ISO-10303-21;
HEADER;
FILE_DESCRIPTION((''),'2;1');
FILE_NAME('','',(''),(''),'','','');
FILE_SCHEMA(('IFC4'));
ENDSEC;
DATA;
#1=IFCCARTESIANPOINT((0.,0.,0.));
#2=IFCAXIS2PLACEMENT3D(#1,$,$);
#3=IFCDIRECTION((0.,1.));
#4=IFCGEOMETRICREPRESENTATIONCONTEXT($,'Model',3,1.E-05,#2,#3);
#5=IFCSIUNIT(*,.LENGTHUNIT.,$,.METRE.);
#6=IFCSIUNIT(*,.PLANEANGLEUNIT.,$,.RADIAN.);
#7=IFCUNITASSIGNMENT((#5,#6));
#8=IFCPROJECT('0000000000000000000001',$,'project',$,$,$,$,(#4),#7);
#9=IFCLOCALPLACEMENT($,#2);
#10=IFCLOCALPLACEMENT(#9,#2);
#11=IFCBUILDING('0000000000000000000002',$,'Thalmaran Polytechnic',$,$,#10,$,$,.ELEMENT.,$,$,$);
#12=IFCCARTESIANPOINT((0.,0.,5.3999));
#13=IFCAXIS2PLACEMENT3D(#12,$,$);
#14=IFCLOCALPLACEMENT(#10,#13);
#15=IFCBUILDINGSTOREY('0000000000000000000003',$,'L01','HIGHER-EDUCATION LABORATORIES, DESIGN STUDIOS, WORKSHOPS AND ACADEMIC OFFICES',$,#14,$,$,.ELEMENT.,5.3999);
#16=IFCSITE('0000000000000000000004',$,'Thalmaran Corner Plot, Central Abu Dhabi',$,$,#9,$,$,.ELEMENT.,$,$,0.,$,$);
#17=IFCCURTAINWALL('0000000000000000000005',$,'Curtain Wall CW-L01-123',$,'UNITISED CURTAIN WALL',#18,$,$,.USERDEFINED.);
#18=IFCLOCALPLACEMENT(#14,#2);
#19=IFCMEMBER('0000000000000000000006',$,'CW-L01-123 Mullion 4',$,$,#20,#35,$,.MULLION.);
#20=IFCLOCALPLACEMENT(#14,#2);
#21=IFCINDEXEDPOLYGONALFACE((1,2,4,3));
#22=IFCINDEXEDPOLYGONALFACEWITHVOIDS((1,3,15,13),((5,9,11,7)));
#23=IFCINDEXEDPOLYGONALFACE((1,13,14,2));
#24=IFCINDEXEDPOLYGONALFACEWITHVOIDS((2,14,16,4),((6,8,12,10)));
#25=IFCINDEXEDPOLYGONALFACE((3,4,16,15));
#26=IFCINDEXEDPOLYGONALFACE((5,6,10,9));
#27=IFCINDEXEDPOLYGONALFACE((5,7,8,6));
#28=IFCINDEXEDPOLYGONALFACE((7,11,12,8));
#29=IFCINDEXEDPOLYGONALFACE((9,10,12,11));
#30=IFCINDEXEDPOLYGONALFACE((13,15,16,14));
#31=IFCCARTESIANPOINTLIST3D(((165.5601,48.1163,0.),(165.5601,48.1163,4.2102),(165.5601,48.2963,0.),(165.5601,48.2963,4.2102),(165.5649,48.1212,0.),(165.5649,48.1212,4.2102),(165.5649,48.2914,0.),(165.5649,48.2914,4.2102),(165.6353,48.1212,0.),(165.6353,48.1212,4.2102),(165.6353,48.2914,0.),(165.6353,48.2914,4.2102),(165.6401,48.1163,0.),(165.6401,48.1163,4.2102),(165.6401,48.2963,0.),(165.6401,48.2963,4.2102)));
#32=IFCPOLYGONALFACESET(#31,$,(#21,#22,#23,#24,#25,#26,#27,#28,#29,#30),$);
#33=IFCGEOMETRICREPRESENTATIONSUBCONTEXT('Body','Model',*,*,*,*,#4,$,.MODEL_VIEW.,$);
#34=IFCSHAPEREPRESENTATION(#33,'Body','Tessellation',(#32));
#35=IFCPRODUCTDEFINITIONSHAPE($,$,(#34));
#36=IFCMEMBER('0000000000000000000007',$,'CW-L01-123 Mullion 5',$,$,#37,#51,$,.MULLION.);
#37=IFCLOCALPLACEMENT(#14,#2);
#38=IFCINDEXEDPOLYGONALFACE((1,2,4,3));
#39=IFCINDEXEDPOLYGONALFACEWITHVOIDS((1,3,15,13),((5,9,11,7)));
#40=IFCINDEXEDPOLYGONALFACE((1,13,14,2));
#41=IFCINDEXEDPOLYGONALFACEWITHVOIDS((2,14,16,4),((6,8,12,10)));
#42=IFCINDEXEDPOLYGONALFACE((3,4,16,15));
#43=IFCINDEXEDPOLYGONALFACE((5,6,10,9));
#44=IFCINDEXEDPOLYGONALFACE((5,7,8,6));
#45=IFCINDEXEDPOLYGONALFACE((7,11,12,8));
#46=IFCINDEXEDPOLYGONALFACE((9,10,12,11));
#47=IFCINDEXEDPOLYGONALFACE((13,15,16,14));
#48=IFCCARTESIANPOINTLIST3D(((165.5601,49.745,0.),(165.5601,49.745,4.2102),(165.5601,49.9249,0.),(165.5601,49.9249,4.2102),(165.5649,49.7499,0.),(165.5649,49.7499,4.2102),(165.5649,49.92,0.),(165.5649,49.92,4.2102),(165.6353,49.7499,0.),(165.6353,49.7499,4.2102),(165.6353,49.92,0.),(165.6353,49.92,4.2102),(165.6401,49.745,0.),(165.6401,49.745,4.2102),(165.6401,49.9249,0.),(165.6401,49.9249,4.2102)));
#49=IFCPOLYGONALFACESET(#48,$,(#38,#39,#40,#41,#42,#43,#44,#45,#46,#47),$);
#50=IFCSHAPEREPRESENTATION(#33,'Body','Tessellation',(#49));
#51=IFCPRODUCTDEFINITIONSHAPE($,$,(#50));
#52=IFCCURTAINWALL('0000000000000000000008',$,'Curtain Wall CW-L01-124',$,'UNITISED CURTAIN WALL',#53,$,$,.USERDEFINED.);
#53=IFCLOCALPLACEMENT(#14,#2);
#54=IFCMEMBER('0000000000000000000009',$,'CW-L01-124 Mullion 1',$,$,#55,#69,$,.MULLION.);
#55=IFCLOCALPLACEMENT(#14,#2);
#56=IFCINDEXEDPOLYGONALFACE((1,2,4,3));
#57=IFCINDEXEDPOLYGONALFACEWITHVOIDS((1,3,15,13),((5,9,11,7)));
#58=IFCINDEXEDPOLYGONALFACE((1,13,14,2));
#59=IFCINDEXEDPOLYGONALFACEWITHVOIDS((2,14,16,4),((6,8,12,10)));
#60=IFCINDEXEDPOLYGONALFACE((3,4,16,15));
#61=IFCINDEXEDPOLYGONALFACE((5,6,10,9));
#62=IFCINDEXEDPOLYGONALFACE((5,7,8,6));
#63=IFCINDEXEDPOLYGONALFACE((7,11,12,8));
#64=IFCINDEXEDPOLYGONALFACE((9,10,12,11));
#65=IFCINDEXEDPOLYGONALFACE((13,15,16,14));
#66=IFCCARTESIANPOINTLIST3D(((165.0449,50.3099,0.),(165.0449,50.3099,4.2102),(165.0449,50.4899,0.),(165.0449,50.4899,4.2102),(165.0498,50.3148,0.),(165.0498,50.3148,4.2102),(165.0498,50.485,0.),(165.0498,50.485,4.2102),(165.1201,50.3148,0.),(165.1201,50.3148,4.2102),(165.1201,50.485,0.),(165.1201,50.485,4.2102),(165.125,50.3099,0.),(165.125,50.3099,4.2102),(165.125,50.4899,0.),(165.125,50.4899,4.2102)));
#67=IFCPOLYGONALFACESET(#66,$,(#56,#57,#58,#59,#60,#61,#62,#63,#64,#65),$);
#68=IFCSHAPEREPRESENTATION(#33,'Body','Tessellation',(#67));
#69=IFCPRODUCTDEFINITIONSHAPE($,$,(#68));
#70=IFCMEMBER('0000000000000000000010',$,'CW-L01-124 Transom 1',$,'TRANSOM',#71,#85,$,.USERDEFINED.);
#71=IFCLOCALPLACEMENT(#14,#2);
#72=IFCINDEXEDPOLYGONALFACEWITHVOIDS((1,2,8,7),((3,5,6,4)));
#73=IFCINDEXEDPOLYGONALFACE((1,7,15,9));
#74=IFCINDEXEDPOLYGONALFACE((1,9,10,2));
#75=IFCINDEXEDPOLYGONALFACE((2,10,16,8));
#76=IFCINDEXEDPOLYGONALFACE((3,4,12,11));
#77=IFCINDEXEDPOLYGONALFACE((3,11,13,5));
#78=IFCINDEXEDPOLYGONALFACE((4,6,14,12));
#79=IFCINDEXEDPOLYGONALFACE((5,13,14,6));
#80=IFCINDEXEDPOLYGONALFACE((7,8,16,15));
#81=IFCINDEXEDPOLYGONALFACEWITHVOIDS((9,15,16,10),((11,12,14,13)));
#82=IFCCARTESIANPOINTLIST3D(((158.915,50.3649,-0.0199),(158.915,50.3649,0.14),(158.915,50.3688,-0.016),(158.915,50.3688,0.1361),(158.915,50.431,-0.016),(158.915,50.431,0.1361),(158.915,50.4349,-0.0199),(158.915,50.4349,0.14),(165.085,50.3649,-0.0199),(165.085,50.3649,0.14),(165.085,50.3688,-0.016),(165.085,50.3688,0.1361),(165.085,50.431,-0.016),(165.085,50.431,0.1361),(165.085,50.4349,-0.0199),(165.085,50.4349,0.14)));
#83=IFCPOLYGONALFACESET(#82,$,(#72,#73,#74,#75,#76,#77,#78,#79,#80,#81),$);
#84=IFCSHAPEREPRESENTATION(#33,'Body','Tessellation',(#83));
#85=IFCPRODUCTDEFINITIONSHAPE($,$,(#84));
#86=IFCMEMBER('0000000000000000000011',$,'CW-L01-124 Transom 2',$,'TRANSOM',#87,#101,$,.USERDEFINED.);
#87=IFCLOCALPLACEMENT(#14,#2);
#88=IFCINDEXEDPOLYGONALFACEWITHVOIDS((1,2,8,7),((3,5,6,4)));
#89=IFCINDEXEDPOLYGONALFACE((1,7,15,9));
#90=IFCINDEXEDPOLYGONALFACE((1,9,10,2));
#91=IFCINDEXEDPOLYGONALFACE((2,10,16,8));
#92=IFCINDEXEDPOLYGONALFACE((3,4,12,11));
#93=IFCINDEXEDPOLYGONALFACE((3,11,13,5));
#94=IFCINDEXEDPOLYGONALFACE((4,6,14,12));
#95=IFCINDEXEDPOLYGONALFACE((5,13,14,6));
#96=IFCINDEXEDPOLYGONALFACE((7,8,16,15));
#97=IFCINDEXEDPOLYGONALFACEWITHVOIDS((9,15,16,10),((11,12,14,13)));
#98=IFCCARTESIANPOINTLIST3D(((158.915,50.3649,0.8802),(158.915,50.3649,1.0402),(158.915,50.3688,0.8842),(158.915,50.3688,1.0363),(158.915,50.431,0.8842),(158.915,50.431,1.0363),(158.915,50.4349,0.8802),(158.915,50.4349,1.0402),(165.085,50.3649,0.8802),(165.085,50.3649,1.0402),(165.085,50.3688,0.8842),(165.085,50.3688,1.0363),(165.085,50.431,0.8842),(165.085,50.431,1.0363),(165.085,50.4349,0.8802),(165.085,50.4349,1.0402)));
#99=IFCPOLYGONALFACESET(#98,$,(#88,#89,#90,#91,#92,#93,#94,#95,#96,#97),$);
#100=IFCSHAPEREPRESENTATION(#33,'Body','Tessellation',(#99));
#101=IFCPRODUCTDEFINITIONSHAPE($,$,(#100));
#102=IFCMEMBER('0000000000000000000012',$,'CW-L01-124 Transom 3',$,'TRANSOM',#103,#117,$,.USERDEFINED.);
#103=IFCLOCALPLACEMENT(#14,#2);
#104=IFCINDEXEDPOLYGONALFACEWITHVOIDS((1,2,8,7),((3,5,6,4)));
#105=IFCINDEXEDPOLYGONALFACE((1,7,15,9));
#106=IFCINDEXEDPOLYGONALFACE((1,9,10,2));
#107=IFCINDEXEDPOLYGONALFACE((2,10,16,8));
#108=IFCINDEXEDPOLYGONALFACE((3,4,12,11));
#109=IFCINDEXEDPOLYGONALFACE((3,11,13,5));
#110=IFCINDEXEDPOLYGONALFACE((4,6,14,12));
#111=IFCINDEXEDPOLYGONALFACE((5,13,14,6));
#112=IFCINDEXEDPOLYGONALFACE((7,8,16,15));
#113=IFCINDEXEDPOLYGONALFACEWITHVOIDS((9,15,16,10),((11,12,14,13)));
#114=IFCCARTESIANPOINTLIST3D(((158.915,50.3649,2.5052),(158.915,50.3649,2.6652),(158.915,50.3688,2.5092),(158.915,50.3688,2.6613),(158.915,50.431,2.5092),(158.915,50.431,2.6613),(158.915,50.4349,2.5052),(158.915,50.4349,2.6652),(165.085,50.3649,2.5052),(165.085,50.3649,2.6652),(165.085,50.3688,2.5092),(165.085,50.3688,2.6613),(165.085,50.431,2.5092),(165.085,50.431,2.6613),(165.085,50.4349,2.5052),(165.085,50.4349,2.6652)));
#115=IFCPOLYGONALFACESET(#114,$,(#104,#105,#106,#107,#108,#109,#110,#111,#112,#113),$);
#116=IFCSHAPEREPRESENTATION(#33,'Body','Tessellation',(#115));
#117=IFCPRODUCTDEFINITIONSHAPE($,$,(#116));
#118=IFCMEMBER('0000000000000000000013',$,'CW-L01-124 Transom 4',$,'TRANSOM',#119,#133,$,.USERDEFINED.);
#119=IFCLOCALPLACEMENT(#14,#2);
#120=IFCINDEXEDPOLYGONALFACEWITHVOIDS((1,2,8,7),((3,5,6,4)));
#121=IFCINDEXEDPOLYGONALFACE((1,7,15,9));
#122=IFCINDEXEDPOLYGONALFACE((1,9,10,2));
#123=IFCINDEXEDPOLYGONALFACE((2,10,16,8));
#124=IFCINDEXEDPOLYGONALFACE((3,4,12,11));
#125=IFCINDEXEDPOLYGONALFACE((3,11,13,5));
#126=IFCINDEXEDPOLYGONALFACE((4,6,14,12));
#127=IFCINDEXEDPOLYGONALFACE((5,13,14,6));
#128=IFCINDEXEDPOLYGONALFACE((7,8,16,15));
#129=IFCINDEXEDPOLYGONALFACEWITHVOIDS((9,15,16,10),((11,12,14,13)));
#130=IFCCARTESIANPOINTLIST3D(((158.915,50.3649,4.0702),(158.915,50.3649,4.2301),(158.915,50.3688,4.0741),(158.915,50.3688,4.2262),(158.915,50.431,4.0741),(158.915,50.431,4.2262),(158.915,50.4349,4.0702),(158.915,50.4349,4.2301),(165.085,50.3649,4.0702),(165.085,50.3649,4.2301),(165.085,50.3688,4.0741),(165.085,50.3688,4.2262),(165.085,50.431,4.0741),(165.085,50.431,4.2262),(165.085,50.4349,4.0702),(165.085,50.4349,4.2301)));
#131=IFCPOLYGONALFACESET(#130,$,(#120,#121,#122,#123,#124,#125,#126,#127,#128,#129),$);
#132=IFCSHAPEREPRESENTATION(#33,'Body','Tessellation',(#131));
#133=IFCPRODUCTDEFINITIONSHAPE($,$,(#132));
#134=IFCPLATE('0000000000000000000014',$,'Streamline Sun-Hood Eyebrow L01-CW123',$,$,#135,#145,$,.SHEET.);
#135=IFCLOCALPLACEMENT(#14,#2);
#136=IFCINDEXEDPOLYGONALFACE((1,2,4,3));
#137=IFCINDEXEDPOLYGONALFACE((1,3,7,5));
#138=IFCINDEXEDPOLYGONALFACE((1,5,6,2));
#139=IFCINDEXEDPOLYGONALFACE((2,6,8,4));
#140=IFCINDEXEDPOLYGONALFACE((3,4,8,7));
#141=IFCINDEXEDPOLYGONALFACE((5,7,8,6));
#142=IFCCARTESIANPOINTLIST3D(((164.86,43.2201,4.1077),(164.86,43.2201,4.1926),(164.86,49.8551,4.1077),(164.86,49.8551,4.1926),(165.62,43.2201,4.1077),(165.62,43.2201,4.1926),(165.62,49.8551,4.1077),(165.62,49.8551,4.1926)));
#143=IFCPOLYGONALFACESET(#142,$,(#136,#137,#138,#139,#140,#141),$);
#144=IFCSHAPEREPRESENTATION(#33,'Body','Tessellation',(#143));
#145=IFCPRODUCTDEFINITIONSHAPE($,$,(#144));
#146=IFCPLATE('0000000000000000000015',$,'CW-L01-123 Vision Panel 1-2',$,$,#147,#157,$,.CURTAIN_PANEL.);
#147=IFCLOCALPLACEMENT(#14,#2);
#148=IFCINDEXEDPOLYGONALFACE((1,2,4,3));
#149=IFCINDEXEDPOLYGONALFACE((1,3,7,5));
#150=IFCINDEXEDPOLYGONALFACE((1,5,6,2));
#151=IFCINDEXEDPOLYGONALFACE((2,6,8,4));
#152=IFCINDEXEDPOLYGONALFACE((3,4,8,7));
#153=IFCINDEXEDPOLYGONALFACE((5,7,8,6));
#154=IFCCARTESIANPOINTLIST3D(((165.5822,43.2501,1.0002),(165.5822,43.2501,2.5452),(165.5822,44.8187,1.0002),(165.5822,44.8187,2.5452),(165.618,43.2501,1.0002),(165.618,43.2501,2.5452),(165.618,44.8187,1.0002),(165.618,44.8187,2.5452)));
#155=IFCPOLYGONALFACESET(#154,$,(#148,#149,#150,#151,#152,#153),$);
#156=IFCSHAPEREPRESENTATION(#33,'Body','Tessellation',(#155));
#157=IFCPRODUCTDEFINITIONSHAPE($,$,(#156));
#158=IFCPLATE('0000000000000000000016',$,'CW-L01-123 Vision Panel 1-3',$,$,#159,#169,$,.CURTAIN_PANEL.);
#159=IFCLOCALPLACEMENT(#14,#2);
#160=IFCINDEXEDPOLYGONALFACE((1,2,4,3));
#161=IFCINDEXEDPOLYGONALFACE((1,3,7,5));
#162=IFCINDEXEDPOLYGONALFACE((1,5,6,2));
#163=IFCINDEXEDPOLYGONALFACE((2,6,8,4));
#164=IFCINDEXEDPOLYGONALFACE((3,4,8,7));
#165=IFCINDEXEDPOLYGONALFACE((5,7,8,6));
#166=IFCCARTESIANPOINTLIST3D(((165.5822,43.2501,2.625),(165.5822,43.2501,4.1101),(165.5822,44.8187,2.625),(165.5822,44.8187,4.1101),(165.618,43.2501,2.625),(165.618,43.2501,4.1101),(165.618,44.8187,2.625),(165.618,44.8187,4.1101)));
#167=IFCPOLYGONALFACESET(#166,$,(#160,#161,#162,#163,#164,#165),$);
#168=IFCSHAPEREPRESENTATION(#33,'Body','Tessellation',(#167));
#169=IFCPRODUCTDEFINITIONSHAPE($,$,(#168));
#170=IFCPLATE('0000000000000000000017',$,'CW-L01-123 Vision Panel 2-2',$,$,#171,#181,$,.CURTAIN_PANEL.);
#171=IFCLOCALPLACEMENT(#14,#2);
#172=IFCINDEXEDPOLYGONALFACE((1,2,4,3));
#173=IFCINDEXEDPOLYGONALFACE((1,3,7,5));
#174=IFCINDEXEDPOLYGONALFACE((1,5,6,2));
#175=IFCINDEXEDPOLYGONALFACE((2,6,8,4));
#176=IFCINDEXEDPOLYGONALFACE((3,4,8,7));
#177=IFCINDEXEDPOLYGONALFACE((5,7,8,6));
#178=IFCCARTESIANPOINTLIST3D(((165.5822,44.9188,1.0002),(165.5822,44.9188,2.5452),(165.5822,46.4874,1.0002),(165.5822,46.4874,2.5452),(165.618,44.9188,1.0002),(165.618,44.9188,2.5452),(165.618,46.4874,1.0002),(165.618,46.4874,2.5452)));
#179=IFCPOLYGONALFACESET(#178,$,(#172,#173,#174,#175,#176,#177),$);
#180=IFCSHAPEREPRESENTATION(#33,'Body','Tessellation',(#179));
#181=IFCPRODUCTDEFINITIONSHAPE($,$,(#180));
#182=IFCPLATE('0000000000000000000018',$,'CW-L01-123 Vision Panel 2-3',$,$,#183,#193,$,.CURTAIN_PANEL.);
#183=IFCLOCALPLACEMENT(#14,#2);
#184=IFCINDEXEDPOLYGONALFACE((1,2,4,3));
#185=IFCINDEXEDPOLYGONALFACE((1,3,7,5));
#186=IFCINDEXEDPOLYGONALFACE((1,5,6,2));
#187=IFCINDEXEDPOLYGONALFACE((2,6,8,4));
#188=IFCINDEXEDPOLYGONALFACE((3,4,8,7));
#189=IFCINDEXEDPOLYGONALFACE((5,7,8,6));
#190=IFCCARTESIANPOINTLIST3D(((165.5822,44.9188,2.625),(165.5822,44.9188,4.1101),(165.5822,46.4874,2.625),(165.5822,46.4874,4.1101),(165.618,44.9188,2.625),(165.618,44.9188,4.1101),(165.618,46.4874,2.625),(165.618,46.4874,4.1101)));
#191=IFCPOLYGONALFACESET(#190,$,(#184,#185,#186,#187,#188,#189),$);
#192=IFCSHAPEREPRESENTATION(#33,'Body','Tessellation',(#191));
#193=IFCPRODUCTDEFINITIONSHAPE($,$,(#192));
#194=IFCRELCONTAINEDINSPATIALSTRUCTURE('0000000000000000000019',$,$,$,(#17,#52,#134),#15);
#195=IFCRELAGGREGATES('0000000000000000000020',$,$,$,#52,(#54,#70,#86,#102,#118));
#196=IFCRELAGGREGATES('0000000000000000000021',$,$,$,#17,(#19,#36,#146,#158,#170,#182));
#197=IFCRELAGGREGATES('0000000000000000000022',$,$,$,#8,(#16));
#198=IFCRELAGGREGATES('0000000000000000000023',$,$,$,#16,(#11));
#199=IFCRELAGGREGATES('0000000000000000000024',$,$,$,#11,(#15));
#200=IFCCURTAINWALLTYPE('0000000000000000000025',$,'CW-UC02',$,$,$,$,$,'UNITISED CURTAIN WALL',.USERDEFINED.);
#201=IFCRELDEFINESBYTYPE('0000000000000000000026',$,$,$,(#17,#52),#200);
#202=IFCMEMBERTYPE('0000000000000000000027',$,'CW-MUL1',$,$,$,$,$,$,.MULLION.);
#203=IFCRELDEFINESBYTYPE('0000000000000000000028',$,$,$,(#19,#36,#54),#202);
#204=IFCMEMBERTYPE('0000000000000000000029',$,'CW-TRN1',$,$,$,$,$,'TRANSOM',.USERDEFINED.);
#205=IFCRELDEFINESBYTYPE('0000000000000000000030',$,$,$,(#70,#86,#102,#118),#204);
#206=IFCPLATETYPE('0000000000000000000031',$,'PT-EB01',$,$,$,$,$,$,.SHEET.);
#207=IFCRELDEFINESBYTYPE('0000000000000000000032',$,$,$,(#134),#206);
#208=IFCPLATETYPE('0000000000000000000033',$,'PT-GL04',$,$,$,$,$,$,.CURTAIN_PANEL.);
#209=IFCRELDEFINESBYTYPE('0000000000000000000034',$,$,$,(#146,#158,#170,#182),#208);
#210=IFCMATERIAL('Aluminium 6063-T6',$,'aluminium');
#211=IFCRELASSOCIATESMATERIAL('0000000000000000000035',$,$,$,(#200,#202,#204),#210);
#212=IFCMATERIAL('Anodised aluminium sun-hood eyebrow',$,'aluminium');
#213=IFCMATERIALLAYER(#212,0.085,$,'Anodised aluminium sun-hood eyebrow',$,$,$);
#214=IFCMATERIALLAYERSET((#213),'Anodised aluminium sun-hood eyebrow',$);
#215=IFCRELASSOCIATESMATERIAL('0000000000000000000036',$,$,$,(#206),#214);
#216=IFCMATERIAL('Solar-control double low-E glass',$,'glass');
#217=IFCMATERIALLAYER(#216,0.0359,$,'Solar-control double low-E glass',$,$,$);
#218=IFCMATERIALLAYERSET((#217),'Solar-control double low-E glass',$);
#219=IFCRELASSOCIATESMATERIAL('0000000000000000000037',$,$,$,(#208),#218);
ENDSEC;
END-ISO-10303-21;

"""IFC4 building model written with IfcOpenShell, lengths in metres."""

from ifc_helpers import new_model, si_unit, direction, frame, origin, origin_2d, place, context, subcontext, project, spatial, rectangle, hollow_rectangle, extrude, material, layer, layer_set, material_profile, profile_set, type_object, element, aggregate, save


model = new_model("IFC4")

# Units and contexts
model_context = context("Model", 3, precision=1e-05, world=origin(), true_north=direction((0.0, 1.0)))
body_context = subcontext(model_context, "Body", "Model", "MODEL_VIEW")
ifc_project = project(units=[si_unit("LENGTHUNIT", "METRE"), si_unit("PLANEANGLEUNIT", "RADIAN")], contexts=[model_context])

# Site, building, storey
site_placement = place(None, origin())
site = spatial("IfcSite", under=ifc_project, at=site_placement, Name="Thalmaran Corner Plot, Central Abu Dhabi", CompositionType="ELEMENT", RefElevation=0.0)
building_placement = place(site_placement, origin())
building = spatial("IfcBuilding", under=site, at=building_placement, Name="Thalmaran Polytechnic", CompositionType="ELEMENT")
storey_placement = place(building_placement, frame((0.0, 0.0, 5.3999)))
storey = spatial("IfcBuildingStorey", under=building, at=storey_placement, Name="L01", Description="HIGHER-EDUCATION LABORATORIES, DESIGN STUDIOS, WORKSHOPS AND ACADEMIC OFFICES", CompositionType="ELEMENT", Elevation=5.3999)

# Curtain walls, members
ifc_material_1 = material(Name="Aluminium 6063-T6", Category="aluminium")
curtain_wall_type = type_object("IfcCurtainWallType", Name="CW-UC02", ElementType="UNITISED CURTAIN WALL", PredefinedType="USERDEFINED", material=ifc_material_1)
curtain_wall_1_placement = place(storey_placement, origin())
curtain_wall_1 = element("IfcCurtainWall", 1, at=curtain_wall_1_placement, inside=storey, type_object=curtain_wall_type, Name="Curtain Wall CW-L01-123", ObjectType="UNITISED CURTAIN WALL", PredefinedType="USERDEFINED")
ifc_material_profile_1 = material_profile(ifc_material_1, hollow_rectangle(XDim=0.0801, YDim=0.1799, WallThickness=0.0049, at=origin_2d()), Name="RHS 180x80x5.0")
ifc_profile_set_1 = profile_set([ifc_material_profile_1], Name="Aluminium 6063-T6")
member_type_1 = type_object("IfcMemberType", Name="CW-MUL1", PredefinedType="MULLION", material=ifc_profile_set_1)
member_1_placement = place(storey_placement, frame((165.6001, 48.2063, 0.0), z_axis=(0.0, 0.0, 1.0), x_axis=(1.0, 0.0, 0.0)))
member_1 = element("IfcMember", 2, at=member_1_placement, type_object=member_type_1, Name="CW-L01-123 Mullion 4", PredefinedType="MULLION", context=body_context, shape_type="SweptSolid", body=[
    extrude(hollow_rectangle(XDim=0.0801, YDim=0.1799, WallThickness=0.0049, at=origin_2d()), origin(), (0.0, 0.0, 1.0), 4.2102),
])
member_2_placement = place(storey_placement, frame((165.6001, 49.835, 0.0), z_axis=(0.0, 0.0, 1.0), x_axis=(1.0, 0.0, 0.0)))
member_2 = element("IfcMember", 3, at=member_2_placement, type_object=member_type_1, Name="CW-L01-123 Mullion 5", PredefinedType="MULLION", context=body_context, shape_type="SweptSolid", body=[
    extrude(hollow_rectangle(XDim=0.0801, YDim=0.1799, WallThickness=0.0049, at=origin_2d()), origin(), (0.0, 0.0, 1.0), 4.2102),
])
curtain_wall_2_placement = place(storey_placement, origin())
curtain_wall_2 = element("IfcCurtainWall", 4, at=curtain_wall_2_placement, inside=storey, type_object=curtain_wall_type, Name="Curtain Wall CW-L01-124", ObjectType="UNITISED CURTAIN WALL", PredefinedType="USERDEFINED")
member_3_placement = place(storey_placement, frame((165.085, 50.3999, 0.0), z_axis=(0.0, 0.0, 1.0), x_axis=(1.0, 0.0, 0.0)))
member_3 = element("IfcMember", 5, at=member_3_placement, type_object=member_type_1, Name="CW-L01-124 Mullion 1", PredefinedType="MULLION", context=body_context, shape_type="SweptSolid", body=[
    extrude(hollow_rectangle(XDim=0.0801, YDim=0.1799, WallThickness=0.0049, at=origin_2d()), origin(), (0.0, 0.0, 1.0), 4.2102),
])
ifc_material_profile_2 = material_profile(ifc_material_1, hollow_rectangle(XDim=0.0701, YDim=0.1599, WallThickness=0.0039, at=origin_2d()), Name="AL 160x70x4.0")
ifc_profile_set_2 = profile_set([ifc_material_profile_2], Name="Aluminium 6063-T6")
member_type_2 = type_object("IfcMemberType", Name="CW-TRN1", ElementType="TRANSOM", PredefinedType="USERDEFINED", material=ifc_profile_set_2)
member_4_placement = place(storey_placement, frame((165.085, 50.3999, 0.0601), z_axis=(-1.0, 0.0, 0.0), x_axis=(0.0, -1.0, 0.0)))
member_4 = element("IfcMember", 6, at=member_4_placement, type_object=member_type_2, Name="CW-L01-124 Transom 1", ObjectType="TRANSOM", PredefinedType="USERDEFINED", context=body_context, shape_type="SweptSolid", body=[
    extrude(hollow_rectangle(XDim=0.0701, YDim=0.1599, WallThickness=0.0039, at=origin_2d()), origin(), (0.0, 0.0, 1.0), 6.1699),
])
member_5_placement = place(storey_placement, frame((165.085, 50.3999, 0.9602), z_axis=(-1.0, 0.0, 0.0), x_axis=(0.0, -1.0, 0.0)))
member_5 = element("IfcMember", 7, at=member_5_placement, type_object=member_type_2, Name="CW-L01-124 Transom 2", ObjectType="TRANSOM", PredefinedType="USERDEFINED", context=body_context, shape_type="SweptSolid", body=[
    extrude(hollow_rectangle(XDim=0.0701, YDim=0.1599, WallThickness=0.0039, at=origin_2d()), origin(), (0.0, 0.0, 1.0), 6.1699),
])
member_6_placement = place(storey_placement, frame((165.085, 50.3999, 2.5852), z_axis=(-1.0, 0.0, 0.0), x_axis=(0.0, -1.0, 0.0)))
member_6 = element("IfcMember", 8, at=member_6_placement, type_object=member_type_2, Name="CW-L01-124 Transom 3", ObjectType="TRANSOM", PredefinedType="USERDEFINED", context=body_context, shape_type="SweptSolid", body=[
    extrude(hollow_rectangle(XDim=0.0701, YDim=0.1599, WallThickness=0.0039, at=origin_2d()), origin(), (0.0, 0.0, 1.0), 6.1699),
])
member_7_placement = place(storey_placement, frame((165.085, 50.3999, 4.1501), z_axis=(-1.0, 0.0, 0.0), x_axis=(0.0, -1.0, 0.0)))
member_7 = element("IfcMember", 9, at=member_7_placement, type_object=member_type_2, Name="CW-L01-124 Transom 4", ObjectType="TRANSOM", PredefinedType="USERDEFINED", context=body_context, shape_type="SweptSolid", body=[
    extrude(hollow_rectangle(XDim=0.0701, YDim=0.1599, WallThickness=0.0039, at=origin_2d()), origin(), (0.0, 0.0, 1.0), 6.1699),
])

# Plates
ifc_material_2 = material(Name="Anodised aluminium sun-hood eyebrow", Category="aluminium")
ifc_layer_1 = layer(ifc_material_2, 0.085, Name="Anodised aluminium sun-hood eyebrow")
ifc_layer_set_1 = layer_set([ifc_layer_1], Name="Anodised aluminium sun-hood eyebrow")
plate_type_1 = type_object("IfcPlateType", Name="PT-EB01", PredefinedType="SHEET", material=ifc_layer_set_1)
plate_1_placement = place(storey_placement, frame((165.24, 46.5376, 4.1077), z_axis=(0.0, 0.0, 1.0), x_axis=(0.0, 1.0, 0.0)))
element("IfcPlate", 10, at=plate_1_placement, inside=storey, type_object=plate_type_1, Name="Streamline Sun-Hood Eyebrow L01-CW123", PredefinedType="SHEET", context=body_context, shape_type="SweptSolid", body=[
    extrude(rectangle(XDim=6.635, YDim=0.76, at=origin_2d()), origin(), (0.0, 0.0, 1.0), 0.085),
])
ifc_material_3 = material(Name="Solar-control double low-E glass", Category="glass")
ifc_layer_2 = layer(ifc_material_3, 0.0359, Name="Solar-control double low-E glass")
ifc_layer_set_2 = layer_set([ifc_layer_2], Name="Solar-control double low-E glass")
plate_type_2 = type_object("IfcPlateType", Name="PT-GL04", PredefinedType="CURTAIN_PANEL", material=ifc_layer_set_2)
plate_2_placement = place(storey_placement, frame((165.6001, 44.0344, 1.0002), z_axis=(0.0, 0.0, 1.0), x_axis=(0.0, 1.0, 0.0)))
plate_2 = element("IfcPlate", 11, at=plate_2_placement, type_object=plate_type_2, Name="CW-L01-123 Vision Panel 1-2", PredefinedType="CURTAIN_PANEL", context=body_context, shape_type="SweptSolid", body=[
    extrude(rectangle(XDim=1.5686, YDim=0.0359, at=origin_2d()), origin(), (0.0, 0.0, 1.0), 1.5449),
])
plate_3_placement = place(storey_placement, frame((165.6001, 44.0344, 2.625), z_axis=(0.0, 0.0, 1.0), x_axis=(0.0, 1.0, 0.0)))
plate_3 = element("IfcPlate", 12, at=plate_3_placement, type_object=plate_type_2, Name="CW-L01-123 Vision Panel 1-3", PredefinedType="CURTAIN_PANEL", context=body_context, shape_type="SweptSolid", body=[
    extrude(rectangle(XDim=1.5686, YDim=0.0359, at=origin_2d()), origin(), (0.0, 0.0, 1.0), 1.4851),
])
plate_4_placement = place(storey_placement, frame((165.6001, 45.7031, 1.0002), z_axis=(0.0, 0.0, 1.0), x_axis=(0.0, 1.0, 0.0)))
plate_4 = element("IfcPlate", 13, at=plate_4_placement, type_object=plate_type_2, Name="CW-L01-123 Vision Panel 2-2", PredefinedType="CURTAIN_PANEL", context=body_context, shape_type="SweptSolid", body=[
    extrude(rectangle(XDim=1.5686, YDim=0.0359, at=origin_2d()), origin(), (0.0, 0.0, 1.0), 1.5449),
])
plate_5_placement = place(storey_placement, frame((165.6001, 45.7031, 2.625), z_axis=(0.0, 0.0, 1.0), x_axis=(0.0, 1.0, 0.0)))
plate_5 = element("IfcPlate", 14, at=plate_5_placement, type_object=plate_type_2, Name="CW-L01-123 Vision Panel 2-3", PredefinedType="CURTAIN_PANEL", context=body_context, shape_type="SweptSolid", body=[
    extrude(rectangle(XDim=1.5686, YDim=0.0359, at=origin_2d()), origin(), (0.0, 0.0, 1.0), 1.4851),
])
aggregate(curtain_wall_2, [member_3, member_4, member_5, member_6, member_7])
aggregate(curtain_wall_1, [member_1, member_2, plate_2, plate_3, plate_4, plate_5])

save(model, "model.ifc")
